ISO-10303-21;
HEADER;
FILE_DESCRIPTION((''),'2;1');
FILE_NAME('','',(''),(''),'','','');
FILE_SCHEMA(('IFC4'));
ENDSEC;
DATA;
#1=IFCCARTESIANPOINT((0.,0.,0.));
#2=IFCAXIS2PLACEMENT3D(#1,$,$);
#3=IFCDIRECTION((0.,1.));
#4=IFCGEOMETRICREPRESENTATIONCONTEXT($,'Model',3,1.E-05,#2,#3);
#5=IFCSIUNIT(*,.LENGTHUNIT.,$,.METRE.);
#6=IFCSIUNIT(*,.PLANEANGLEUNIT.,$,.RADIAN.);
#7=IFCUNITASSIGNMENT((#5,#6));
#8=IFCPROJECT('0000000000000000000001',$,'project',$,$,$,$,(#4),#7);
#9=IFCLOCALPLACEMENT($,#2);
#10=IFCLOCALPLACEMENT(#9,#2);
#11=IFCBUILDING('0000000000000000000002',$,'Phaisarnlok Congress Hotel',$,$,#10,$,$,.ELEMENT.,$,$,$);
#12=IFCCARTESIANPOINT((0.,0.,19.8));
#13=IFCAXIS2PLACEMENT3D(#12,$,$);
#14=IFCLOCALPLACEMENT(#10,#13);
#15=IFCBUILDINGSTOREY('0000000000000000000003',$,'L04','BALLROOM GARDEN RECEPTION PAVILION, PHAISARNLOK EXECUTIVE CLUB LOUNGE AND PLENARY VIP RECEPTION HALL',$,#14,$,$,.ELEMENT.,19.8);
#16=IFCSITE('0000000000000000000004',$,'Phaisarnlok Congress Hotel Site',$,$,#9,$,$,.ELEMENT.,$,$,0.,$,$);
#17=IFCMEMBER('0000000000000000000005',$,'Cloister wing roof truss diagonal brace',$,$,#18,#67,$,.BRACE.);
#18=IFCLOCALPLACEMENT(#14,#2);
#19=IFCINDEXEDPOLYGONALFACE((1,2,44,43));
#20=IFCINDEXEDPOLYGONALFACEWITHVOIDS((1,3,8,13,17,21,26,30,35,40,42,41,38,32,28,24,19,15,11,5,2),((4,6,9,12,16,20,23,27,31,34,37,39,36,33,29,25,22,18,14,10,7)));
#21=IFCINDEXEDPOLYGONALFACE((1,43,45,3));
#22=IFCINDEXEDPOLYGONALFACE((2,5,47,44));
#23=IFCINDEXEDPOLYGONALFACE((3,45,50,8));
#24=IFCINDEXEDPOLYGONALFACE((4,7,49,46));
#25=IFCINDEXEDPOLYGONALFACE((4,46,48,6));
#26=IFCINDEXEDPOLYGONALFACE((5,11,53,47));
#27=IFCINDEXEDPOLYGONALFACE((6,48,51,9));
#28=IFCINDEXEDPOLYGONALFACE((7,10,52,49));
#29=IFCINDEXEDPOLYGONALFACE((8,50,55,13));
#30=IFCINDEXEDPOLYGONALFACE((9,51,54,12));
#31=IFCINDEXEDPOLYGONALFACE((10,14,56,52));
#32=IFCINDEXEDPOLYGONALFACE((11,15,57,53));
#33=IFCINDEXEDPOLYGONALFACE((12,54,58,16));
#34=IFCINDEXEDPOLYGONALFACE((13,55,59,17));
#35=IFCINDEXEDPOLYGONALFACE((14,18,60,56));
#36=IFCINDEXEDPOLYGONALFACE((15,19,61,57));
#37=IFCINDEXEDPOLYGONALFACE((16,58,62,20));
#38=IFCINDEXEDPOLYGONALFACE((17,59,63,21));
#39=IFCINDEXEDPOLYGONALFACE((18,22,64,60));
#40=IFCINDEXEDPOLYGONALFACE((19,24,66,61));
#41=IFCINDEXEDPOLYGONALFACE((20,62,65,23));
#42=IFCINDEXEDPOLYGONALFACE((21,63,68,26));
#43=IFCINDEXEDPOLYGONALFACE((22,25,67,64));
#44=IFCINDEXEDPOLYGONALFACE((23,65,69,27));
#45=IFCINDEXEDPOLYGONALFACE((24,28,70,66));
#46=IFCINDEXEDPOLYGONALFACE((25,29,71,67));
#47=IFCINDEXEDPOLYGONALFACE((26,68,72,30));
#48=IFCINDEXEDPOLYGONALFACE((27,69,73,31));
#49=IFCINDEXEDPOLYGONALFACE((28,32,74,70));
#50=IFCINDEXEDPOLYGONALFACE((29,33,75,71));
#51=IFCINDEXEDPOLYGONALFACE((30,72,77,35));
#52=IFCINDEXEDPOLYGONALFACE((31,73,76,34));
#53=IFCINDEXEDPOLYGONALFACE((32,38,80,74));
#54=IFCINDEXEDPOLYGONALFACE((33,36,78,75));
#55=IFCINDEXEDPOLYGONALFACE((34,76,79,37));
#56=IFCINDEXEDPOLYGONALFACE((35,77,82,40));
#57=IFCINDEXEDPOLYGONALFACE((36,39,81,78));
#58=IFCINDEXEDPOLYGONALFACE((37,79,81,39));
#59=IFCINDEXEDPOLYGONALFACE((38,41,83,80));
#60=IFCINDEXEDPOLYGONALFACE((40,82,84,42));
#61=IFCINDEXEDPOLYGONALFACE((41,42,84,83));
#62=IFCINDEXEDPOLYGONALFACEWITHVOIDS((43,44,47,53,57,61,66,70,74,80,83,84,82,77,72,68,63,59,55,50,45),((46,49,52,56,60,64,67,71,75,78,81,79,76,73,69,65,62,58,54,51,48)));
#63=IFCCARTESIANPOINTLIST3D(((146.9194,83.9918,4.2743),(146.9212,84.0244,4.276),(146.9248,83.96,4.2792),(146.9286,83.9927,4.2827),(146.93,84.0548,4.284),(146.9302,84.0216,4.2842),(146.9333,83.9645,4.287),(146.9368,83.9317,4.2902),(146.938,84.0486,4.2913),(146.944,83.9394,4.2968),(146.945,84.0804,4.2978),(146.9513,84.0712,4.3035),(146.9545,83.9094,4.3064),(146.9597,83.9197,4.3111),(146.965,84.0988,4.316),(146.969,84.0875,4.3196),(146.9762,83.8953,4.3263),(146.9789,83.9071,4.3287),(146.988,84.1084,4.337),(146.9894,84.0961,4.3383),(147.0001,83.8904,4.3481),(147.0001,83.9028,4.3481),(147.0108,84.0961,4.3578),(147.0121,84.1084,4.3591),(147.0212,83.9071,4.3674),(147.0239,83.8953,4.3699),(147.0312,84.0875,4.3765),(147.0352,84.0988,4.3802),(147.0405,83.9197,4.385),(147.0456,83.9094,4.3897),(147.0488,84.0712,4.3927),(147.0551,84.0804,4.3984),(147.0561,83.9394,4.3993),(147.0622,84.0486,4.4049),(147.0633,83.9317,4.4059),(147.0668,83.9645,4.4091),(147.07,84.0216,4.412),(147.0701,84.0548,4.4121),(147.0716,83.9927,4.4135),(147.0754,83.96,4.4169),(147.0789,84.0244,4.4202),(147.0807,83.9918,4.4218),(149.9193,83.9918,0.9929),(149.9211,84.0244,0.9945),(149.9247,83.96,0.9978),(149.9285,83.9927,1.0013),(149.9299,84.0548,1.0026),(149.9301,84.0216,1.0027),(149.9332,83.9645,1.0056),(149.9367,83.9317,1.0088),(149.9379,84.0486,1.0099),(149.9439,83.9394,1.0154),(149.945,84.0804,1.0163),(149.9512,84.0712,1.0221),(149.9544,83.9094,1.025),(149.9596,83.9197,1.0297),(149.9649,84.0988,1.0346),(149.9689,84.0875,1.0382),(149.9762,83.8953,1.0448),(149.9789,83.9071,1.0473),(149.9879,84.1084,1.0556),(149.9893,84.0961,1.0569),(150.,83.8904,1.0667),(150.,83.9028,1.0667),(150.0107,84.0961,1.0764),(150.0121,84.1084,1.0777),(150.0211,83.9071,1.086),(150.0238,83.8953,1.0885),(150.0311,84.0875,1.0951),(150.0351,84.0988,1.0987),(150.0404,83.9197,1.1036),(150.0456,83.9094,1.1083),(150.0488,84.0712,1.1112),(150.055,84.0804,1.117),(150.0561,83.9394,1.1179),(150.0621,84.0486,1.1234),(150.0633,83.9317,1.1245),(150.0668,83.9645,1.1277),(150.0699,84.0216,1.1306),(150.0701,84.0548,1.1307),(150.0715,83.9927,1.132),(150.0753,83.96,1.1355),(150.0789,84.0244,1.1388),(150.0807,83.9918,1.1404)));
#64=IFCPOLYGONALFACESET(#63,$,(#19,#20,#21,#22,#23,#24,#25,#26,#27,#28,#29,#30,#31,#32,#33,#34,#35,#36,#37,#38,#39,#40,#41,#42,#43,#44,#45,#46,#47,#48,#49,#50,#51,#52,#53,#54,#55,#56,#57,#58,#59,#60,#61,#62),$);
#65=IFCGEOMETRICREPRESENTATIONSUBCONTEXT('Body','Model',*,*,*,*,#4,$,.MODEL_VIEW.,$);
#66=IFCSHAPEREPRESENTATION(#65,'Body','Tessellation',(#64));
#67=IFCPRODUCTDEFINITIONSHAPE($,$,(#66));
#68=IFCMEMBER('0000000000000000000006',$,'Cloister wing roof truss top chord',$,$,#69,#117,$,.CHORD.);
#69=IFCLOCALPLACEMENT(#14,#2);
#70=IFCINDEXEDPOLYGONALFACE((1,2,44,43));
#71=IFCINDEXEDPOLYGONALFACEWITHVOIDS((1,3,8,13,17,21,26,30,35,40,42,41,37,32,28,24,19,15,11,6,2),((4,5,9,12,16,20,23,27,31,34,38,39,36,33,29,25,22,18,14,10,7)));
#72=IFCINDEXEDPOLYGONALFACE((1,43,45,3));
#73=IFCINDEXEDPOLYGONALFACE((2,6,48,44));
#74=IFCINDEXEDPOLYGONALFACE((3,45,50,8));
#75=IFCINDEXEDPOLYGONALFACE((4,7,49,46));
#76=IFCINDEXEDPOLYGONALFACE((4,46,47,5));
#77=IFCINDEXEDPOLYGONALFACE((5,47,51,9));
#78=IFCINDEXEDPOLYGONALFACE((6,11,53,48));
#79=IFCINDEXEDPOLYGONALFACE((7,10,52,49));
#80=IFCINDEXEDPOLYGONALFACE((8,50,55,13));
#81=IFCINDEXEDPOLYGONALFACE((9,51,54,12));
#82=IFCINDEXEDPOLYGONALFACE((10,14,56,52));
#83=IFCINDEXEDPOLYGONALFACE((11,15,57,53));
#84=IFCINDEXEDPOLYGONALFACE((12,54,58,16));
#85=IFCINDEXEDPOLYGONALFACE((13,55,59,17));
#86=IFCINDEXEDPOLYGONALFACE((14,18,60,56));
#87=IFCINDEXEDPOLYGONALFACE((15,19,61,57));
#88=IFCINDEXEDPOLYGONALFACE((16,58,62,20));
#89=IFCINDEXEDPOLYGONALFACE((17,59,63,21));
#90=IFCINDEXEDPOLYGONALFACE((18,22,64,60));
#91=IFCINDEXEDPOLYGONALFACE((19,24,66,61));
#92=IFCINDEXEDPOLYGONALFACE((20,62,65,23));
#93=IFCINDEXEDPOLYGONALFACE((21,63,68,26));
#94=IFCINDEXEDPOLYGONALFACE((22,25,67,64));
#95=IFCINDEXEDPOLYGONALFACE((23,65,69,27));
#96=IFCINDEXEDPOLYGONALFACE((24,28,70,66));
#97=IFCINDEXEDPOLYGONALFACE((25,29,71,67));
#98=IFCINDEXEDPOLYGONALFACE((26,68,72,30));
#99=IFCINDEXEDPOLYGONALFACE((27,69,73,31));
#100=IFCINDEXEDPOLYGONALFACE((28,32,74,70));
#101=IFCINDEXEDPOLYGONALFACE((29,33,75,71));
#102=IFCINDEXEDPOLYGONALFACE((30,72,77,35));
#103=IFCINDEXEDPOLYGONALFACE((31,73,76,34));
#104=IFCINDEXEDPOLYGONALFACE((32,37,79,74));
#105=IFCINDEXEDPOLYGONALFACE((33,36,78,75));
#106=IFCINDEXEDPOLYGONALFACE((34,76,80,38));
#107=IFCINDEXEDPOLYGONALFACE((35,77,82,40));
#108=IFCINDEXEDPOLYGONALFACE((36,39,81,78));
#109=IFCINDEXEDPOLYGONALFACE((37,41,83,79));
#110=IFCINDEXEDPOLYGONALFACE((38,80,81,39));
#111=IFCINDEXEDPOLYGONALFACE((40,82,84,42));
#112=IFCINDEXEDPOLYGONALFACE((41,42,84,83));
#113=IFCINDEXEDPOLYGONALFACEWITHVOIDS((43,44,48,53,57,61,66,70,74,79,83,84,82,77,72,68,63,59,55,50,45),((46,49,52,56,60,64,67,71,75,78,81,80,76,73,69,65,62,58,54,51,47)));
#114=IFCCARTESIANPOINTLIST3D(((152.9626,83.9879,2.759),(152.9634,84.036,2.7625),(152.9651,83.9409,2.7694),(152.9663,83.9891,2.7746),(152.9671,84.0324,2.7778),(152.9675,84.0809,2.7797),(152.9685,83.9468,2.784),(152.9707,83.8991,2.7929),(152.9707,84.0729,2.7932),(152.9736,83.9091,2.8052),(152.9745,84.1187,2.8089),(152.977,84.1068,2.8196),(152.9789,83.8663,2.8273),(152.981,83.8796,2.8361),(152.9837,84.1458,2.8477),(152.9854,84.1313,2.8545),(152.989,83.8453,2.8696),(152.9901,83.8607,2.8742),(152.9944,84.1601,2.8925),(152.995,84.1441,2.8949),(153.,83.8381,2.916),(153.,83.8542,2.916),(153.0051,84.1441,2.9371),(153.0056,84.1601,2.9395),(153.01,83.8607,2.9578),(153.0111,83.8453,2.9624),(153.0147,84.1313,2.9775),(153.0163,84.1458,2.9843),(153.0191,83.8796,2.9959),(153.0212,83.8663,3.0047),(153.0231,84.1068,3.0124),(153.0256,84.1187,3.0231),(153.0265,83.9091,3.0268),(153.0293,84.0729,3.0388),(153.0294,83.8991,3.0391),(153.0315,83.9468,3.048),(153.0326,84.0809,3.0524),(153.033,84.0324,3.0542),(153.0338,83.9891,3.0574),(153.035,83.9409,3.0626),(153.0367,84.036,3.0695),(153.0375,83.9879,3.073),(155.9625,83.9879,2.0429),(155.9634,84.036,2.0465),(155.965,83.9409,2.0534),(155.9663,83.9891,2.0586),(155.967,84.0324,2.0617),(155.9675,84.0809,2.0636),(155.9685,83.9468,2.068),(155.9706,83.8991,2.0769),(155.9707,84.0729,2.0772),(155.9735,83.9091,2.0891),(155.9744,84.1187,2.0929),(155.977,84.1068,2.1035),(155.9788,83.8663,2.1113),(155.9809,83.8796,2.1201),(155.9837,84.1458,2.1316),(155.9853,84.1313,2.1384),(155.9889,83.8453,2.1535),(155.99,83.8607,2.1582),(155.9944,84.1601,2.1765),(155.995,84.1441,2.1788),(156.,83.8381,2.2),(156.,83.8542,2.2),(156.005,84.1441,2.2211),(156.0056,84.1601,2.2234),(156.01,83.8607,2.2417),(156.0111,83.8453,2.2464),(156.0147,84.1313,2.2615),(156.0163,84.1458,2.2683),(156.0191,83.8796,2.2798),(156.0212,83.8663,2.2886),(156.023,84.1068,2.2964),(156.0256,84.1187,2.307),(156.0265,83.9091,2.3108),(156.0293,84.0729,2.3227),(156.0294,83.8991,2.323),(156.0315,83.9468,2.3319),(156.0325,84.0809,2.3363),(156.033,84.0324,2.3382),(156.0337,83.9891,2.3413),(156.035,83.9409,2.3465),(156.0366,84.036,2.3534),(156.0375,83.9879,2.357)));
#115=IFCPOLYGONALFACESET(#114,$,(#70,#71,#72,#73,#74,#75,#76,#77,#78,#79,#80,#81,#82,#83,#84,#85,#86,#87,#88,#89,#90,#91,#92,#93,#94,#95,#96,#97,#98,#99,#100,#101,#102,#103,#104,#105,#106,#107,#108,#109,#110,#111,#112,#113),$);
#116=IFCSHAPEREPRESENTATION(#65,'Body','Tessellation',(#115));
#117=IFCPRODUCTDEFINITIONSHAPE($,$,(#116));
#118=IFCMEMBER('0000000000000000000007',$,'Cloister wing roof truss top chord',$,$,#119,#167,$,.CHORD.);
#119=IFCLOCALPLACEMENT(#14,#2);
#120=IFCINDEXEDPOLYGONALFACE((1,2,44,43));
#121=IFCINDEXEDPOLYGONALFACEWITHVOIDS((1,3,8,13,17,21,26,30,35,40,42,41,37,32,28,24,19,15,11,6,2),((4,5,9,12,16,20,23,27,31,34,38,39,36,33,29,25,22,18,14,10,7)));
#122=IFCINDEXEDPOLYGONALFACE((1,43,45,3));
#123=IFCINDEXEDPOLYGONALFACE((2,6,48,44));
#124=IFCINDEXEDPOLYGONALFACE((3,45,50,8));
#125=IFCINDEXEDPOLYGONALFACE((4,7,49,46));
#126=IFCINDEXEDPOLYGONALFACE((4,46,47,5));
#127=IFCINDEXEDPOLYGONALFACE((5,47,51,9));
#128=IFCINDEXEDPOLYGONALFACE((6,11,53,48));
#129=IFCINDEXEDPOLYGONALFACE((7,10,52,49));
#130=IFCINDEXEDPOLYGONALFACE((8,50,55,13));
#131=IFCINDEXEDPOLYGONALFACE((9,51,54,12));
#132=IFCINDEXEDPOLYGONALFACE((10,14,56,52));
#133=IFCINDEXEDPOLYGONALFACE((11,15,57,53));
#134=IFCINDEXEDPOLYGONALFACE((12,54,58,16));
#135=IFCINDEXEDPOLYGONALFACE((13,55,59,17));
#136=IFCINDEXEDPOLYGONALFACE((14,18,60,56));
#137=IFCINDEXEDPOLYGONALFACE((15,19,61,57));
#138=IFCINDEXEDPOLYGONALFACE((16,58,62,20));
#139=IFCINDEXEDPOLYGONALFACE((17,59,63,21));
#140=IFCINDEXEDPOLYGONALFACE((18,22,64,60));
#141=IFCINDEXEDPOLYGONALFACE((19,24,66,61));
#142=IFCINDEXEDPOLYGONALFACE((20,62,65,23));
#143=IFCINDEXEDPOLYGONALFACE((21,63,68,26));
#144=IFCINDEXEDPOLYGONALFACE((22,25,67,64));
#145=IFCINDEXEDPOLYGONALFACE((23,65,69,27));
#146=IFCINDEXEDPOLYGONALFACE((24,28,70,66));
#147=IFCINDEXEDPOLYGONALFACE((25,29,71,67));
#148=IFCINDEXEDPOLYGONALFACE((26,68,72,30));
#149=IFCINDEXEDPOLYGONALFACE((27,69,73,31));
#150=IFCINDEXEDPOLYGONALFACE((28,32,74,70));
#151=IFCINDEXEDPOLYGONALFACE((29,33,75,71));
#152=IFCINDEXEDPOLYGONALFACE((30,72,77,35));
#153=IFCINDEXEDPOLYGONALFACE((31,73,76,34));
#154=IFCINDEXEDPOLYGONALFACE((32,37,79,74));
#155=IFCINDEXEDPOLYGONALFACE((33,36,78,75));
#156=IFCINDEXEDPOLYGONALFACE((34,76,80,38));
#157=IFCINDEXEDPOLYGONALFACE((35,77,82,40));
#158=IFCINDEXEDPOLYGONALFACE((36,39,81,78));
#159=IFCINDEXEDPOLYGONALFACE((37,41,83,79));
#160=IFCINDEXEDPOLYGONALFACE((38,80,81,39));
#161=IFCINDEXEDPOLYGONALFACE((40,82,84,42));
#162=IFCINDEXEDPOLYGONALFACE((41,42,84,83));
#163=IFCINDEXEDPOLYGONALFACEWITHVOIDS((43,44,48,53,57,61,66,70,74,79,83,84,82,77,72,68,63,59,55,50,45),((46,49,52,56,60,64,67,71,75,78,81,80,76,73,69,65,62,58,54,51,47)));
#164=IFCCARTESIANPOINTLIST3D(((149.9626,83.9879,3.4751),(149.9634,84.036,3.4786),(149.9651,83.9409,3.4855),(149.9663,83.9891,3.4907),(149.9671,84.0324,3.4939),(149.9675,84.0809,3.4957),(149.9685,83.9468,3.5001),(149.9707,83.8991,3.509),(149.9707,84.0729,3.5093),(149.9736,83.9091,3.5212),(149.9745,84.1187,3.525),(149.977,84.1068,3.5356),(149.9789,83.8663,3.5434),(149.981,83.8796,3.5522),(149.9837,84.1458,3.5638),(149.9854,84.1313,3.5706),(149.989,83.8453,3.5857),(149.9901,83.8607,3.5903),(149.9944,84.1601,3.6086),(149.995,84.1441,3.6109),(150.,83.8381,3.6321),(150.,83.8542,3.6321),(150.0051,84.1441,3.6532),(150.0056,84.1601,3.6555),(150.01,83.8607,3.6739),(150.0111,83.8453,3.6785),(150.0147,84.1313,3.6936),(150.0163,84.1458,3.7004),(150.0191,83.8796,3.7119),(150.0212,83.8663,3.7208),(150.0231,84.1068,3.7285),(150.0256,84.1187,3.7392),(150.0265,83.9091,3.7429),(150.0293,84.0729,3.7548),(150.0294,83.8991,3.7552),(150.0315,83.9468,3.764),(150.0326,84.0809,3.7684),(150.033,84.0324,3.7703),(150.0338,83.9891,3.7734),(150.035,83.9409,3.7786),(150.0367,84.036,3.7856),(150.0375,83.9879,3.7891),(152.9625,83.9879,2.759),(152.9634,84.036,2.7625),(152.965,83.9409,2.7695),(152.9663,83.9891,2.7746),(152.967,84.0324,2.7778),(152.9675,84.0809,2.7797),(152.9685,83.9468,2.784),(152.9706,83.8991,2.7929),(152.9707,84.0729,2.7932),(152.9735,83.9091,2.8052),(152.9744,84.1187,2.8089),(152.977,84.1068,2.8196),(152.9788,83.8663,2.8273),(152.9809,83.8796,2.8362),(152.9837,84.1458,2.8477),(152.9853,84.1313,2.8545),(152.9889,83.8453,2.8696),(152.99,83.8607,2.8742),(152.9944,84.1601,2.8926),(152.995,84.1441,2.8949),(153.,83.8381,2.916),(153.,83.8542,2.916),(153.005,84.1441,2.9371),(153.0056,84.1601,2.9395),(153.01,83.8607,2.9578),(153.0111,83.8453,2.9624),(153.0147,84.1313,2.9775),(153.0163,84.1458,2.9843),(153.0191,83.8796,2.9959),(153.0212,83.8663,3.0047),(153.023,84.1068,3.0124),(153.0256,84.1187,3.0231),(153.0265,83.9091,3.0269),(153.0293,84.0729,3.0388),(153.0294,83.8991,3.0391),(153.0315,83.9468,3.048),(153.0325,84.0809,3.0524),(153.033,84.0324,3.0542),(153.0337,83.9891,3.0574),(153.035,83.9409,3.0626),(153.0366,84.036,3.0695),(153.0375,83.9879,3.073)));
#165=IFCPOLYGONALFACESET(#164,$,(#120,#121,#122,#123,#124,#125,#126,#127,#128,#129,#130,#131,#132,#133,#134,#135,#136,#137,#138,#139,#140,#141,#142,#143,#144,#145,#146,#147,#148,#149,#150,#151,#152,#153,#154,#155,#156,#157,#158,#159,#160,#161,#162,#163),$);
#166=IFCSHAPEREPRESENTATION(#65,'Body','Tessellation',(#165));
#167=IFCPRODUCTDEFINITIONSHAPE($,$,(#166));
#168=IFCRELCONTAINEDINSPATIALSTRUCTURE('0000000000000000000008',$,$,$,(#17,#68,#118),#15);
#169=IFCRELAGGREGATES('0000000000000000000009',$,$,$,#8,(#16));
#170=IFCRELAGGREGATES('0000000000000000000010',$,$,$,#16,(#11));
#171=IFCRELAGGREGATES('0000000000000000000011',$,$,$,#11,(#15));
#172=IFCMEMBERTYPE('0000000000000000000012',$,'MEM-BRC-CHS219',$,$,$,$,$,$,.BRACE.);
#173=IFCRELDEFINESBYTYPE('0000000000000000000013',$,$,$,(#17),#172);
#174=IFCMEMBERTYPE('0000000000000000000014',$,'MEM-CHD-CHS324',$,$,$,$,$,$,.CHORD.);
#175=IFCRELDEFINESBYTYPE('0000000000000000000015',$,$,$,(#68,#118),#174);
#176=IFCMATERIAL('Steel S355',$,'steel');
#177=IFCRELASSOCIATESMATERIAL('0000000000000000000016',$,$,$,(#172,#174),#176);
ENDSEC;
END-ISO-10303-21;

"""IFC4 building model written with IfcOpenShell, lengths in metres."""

from ifc_helpers import new_model, si_unit, direction, frame, origin, origin_2d, place, context, subcontext, project, spatial, hollow_circle, extrude, material, material_profile, profile_set, type_object, element, save


model = new_model("IFC4")

# Units and contexts
model_context = context("Model", 3, precision=1e-05, world=origin(), true_north=direction((0.0, 1.0)))
body_context = subcontext(model_context, "Body", "Model", "MODEL_VIEW")
ifc_project = project(units=[si_unit("LENGTHUNIT", "METRE"), si_unit("PLANEANGLEUNIT", "RADIAN")], contexts=[model_context])

# Site, building, storey
site_placement = place(None, origin())
site = spatial("IfcSite", under=ifc_project, at=site_placement, Name="Phaisarnlok Congress Hotel Site", CompositionType="ELEMENT", RefElevation=0.0)
building_placement = place(site_placement, origin())
building = spatial("IfcBuilding", under=site, at=building_placement, Name="Phaisarnlok Congress Hotel", CompositionType="ELEMENT")
storey_placement = place(building_placement, frame((0.0, 0.0, 19.8)))
storey = spatial("IfcBuildingStorey", under=building, at=storey_placement, Name="L04", Description="BALLROOM GARDEN RECEPTION PAVILION, PHAISARNLOK EXECUTIVE CLUB LOUNGE AND PLENARY VIP RECEPTION HALL", CompositionType="ELEMENT", Elevation=19.8)

# Shared definitions
ifc_material_1 = material(Name="Steel S355", Category="steel")

# Members
ifc_material_profile_1 = material_profile(ifc_material_1, hollow_circle(Radius=0.1096, WallThickness=0.0125, at=origin_2d()), Name="CHS 219.1x12.5")
ifc_profile_set_1 = profile_set([ifc_material_profile_1], Name="Steel S355")
member_type_1 = type_object("IfcMemberType", Name="MEM-BRC-CHS219", PredefinedType="BRACE", material=ifc_profile_set_1)
member_1_placement = place(storey_placement, frame((150.0, 84.0, 1.0667), z_axis=(-0.674742, 0.0, 0.738054), x_axis=(0.0, -1.0, 0.0)))
element("IfcMember", 1, at=member_1_placement, inside=storey, type_object=member_type_1, Name="Cloister wing roof truss diagonal brace", PredefinedType="BRACE", context=body_context, shape_type="SweptSolid", body=[
    extrude(hollow_circle(Radius=0.1096, WallThickness=0.0125, at=origin_2d()), origin(), (0.0, 0.0, 1.0), 4.446),
])
ifc_material_profile_2 = material_profile(ifc_material_1, hollow_circle(Radius=0.1619, WallThickness=0.0161, at=origin_2d()), Name="CHS 323.9x16")
ifc_profile_set_2 = profile_set([ifc_material_profile_2], Name="Steel S355")
member_type_2 = type_object("IfcMemberType", Name="MEM-CHD-CHS324", PredefinedType="CHORD", material=ifc_profile_set_2)
for number, where, z_axis, x_axis, name in (
    (2, (156.0, 84.0, 2.2), (-0.972676, 0.0, 0.232166), (0.0, -1.0, 0.0), "Cloister wing roof truss top chord"),
    (3, (153.0, 84.0, 2.916), (-0.972676, 0.0, 0.232166), (0.0, -1.0, 0.0), "Cloister wing roof truss top chord"),
):
    element("IfcMember", number, at=place(storey_placement, frame(where, z_axis=z_axis, x_axis=x_axis)), inside=storey, type_object=member_type_2, Name=name, PredefinedType="CHORD", context=body_context, shape_type="SweptSolid", body=[
        extrude(hollow_circle(Radius=0.1619, WallThickness=0.0161, at=origin_2d()), origin(), (0.0, 0.0, 1.0), 3.0842),
    ])

save(model, "model.ifc")
